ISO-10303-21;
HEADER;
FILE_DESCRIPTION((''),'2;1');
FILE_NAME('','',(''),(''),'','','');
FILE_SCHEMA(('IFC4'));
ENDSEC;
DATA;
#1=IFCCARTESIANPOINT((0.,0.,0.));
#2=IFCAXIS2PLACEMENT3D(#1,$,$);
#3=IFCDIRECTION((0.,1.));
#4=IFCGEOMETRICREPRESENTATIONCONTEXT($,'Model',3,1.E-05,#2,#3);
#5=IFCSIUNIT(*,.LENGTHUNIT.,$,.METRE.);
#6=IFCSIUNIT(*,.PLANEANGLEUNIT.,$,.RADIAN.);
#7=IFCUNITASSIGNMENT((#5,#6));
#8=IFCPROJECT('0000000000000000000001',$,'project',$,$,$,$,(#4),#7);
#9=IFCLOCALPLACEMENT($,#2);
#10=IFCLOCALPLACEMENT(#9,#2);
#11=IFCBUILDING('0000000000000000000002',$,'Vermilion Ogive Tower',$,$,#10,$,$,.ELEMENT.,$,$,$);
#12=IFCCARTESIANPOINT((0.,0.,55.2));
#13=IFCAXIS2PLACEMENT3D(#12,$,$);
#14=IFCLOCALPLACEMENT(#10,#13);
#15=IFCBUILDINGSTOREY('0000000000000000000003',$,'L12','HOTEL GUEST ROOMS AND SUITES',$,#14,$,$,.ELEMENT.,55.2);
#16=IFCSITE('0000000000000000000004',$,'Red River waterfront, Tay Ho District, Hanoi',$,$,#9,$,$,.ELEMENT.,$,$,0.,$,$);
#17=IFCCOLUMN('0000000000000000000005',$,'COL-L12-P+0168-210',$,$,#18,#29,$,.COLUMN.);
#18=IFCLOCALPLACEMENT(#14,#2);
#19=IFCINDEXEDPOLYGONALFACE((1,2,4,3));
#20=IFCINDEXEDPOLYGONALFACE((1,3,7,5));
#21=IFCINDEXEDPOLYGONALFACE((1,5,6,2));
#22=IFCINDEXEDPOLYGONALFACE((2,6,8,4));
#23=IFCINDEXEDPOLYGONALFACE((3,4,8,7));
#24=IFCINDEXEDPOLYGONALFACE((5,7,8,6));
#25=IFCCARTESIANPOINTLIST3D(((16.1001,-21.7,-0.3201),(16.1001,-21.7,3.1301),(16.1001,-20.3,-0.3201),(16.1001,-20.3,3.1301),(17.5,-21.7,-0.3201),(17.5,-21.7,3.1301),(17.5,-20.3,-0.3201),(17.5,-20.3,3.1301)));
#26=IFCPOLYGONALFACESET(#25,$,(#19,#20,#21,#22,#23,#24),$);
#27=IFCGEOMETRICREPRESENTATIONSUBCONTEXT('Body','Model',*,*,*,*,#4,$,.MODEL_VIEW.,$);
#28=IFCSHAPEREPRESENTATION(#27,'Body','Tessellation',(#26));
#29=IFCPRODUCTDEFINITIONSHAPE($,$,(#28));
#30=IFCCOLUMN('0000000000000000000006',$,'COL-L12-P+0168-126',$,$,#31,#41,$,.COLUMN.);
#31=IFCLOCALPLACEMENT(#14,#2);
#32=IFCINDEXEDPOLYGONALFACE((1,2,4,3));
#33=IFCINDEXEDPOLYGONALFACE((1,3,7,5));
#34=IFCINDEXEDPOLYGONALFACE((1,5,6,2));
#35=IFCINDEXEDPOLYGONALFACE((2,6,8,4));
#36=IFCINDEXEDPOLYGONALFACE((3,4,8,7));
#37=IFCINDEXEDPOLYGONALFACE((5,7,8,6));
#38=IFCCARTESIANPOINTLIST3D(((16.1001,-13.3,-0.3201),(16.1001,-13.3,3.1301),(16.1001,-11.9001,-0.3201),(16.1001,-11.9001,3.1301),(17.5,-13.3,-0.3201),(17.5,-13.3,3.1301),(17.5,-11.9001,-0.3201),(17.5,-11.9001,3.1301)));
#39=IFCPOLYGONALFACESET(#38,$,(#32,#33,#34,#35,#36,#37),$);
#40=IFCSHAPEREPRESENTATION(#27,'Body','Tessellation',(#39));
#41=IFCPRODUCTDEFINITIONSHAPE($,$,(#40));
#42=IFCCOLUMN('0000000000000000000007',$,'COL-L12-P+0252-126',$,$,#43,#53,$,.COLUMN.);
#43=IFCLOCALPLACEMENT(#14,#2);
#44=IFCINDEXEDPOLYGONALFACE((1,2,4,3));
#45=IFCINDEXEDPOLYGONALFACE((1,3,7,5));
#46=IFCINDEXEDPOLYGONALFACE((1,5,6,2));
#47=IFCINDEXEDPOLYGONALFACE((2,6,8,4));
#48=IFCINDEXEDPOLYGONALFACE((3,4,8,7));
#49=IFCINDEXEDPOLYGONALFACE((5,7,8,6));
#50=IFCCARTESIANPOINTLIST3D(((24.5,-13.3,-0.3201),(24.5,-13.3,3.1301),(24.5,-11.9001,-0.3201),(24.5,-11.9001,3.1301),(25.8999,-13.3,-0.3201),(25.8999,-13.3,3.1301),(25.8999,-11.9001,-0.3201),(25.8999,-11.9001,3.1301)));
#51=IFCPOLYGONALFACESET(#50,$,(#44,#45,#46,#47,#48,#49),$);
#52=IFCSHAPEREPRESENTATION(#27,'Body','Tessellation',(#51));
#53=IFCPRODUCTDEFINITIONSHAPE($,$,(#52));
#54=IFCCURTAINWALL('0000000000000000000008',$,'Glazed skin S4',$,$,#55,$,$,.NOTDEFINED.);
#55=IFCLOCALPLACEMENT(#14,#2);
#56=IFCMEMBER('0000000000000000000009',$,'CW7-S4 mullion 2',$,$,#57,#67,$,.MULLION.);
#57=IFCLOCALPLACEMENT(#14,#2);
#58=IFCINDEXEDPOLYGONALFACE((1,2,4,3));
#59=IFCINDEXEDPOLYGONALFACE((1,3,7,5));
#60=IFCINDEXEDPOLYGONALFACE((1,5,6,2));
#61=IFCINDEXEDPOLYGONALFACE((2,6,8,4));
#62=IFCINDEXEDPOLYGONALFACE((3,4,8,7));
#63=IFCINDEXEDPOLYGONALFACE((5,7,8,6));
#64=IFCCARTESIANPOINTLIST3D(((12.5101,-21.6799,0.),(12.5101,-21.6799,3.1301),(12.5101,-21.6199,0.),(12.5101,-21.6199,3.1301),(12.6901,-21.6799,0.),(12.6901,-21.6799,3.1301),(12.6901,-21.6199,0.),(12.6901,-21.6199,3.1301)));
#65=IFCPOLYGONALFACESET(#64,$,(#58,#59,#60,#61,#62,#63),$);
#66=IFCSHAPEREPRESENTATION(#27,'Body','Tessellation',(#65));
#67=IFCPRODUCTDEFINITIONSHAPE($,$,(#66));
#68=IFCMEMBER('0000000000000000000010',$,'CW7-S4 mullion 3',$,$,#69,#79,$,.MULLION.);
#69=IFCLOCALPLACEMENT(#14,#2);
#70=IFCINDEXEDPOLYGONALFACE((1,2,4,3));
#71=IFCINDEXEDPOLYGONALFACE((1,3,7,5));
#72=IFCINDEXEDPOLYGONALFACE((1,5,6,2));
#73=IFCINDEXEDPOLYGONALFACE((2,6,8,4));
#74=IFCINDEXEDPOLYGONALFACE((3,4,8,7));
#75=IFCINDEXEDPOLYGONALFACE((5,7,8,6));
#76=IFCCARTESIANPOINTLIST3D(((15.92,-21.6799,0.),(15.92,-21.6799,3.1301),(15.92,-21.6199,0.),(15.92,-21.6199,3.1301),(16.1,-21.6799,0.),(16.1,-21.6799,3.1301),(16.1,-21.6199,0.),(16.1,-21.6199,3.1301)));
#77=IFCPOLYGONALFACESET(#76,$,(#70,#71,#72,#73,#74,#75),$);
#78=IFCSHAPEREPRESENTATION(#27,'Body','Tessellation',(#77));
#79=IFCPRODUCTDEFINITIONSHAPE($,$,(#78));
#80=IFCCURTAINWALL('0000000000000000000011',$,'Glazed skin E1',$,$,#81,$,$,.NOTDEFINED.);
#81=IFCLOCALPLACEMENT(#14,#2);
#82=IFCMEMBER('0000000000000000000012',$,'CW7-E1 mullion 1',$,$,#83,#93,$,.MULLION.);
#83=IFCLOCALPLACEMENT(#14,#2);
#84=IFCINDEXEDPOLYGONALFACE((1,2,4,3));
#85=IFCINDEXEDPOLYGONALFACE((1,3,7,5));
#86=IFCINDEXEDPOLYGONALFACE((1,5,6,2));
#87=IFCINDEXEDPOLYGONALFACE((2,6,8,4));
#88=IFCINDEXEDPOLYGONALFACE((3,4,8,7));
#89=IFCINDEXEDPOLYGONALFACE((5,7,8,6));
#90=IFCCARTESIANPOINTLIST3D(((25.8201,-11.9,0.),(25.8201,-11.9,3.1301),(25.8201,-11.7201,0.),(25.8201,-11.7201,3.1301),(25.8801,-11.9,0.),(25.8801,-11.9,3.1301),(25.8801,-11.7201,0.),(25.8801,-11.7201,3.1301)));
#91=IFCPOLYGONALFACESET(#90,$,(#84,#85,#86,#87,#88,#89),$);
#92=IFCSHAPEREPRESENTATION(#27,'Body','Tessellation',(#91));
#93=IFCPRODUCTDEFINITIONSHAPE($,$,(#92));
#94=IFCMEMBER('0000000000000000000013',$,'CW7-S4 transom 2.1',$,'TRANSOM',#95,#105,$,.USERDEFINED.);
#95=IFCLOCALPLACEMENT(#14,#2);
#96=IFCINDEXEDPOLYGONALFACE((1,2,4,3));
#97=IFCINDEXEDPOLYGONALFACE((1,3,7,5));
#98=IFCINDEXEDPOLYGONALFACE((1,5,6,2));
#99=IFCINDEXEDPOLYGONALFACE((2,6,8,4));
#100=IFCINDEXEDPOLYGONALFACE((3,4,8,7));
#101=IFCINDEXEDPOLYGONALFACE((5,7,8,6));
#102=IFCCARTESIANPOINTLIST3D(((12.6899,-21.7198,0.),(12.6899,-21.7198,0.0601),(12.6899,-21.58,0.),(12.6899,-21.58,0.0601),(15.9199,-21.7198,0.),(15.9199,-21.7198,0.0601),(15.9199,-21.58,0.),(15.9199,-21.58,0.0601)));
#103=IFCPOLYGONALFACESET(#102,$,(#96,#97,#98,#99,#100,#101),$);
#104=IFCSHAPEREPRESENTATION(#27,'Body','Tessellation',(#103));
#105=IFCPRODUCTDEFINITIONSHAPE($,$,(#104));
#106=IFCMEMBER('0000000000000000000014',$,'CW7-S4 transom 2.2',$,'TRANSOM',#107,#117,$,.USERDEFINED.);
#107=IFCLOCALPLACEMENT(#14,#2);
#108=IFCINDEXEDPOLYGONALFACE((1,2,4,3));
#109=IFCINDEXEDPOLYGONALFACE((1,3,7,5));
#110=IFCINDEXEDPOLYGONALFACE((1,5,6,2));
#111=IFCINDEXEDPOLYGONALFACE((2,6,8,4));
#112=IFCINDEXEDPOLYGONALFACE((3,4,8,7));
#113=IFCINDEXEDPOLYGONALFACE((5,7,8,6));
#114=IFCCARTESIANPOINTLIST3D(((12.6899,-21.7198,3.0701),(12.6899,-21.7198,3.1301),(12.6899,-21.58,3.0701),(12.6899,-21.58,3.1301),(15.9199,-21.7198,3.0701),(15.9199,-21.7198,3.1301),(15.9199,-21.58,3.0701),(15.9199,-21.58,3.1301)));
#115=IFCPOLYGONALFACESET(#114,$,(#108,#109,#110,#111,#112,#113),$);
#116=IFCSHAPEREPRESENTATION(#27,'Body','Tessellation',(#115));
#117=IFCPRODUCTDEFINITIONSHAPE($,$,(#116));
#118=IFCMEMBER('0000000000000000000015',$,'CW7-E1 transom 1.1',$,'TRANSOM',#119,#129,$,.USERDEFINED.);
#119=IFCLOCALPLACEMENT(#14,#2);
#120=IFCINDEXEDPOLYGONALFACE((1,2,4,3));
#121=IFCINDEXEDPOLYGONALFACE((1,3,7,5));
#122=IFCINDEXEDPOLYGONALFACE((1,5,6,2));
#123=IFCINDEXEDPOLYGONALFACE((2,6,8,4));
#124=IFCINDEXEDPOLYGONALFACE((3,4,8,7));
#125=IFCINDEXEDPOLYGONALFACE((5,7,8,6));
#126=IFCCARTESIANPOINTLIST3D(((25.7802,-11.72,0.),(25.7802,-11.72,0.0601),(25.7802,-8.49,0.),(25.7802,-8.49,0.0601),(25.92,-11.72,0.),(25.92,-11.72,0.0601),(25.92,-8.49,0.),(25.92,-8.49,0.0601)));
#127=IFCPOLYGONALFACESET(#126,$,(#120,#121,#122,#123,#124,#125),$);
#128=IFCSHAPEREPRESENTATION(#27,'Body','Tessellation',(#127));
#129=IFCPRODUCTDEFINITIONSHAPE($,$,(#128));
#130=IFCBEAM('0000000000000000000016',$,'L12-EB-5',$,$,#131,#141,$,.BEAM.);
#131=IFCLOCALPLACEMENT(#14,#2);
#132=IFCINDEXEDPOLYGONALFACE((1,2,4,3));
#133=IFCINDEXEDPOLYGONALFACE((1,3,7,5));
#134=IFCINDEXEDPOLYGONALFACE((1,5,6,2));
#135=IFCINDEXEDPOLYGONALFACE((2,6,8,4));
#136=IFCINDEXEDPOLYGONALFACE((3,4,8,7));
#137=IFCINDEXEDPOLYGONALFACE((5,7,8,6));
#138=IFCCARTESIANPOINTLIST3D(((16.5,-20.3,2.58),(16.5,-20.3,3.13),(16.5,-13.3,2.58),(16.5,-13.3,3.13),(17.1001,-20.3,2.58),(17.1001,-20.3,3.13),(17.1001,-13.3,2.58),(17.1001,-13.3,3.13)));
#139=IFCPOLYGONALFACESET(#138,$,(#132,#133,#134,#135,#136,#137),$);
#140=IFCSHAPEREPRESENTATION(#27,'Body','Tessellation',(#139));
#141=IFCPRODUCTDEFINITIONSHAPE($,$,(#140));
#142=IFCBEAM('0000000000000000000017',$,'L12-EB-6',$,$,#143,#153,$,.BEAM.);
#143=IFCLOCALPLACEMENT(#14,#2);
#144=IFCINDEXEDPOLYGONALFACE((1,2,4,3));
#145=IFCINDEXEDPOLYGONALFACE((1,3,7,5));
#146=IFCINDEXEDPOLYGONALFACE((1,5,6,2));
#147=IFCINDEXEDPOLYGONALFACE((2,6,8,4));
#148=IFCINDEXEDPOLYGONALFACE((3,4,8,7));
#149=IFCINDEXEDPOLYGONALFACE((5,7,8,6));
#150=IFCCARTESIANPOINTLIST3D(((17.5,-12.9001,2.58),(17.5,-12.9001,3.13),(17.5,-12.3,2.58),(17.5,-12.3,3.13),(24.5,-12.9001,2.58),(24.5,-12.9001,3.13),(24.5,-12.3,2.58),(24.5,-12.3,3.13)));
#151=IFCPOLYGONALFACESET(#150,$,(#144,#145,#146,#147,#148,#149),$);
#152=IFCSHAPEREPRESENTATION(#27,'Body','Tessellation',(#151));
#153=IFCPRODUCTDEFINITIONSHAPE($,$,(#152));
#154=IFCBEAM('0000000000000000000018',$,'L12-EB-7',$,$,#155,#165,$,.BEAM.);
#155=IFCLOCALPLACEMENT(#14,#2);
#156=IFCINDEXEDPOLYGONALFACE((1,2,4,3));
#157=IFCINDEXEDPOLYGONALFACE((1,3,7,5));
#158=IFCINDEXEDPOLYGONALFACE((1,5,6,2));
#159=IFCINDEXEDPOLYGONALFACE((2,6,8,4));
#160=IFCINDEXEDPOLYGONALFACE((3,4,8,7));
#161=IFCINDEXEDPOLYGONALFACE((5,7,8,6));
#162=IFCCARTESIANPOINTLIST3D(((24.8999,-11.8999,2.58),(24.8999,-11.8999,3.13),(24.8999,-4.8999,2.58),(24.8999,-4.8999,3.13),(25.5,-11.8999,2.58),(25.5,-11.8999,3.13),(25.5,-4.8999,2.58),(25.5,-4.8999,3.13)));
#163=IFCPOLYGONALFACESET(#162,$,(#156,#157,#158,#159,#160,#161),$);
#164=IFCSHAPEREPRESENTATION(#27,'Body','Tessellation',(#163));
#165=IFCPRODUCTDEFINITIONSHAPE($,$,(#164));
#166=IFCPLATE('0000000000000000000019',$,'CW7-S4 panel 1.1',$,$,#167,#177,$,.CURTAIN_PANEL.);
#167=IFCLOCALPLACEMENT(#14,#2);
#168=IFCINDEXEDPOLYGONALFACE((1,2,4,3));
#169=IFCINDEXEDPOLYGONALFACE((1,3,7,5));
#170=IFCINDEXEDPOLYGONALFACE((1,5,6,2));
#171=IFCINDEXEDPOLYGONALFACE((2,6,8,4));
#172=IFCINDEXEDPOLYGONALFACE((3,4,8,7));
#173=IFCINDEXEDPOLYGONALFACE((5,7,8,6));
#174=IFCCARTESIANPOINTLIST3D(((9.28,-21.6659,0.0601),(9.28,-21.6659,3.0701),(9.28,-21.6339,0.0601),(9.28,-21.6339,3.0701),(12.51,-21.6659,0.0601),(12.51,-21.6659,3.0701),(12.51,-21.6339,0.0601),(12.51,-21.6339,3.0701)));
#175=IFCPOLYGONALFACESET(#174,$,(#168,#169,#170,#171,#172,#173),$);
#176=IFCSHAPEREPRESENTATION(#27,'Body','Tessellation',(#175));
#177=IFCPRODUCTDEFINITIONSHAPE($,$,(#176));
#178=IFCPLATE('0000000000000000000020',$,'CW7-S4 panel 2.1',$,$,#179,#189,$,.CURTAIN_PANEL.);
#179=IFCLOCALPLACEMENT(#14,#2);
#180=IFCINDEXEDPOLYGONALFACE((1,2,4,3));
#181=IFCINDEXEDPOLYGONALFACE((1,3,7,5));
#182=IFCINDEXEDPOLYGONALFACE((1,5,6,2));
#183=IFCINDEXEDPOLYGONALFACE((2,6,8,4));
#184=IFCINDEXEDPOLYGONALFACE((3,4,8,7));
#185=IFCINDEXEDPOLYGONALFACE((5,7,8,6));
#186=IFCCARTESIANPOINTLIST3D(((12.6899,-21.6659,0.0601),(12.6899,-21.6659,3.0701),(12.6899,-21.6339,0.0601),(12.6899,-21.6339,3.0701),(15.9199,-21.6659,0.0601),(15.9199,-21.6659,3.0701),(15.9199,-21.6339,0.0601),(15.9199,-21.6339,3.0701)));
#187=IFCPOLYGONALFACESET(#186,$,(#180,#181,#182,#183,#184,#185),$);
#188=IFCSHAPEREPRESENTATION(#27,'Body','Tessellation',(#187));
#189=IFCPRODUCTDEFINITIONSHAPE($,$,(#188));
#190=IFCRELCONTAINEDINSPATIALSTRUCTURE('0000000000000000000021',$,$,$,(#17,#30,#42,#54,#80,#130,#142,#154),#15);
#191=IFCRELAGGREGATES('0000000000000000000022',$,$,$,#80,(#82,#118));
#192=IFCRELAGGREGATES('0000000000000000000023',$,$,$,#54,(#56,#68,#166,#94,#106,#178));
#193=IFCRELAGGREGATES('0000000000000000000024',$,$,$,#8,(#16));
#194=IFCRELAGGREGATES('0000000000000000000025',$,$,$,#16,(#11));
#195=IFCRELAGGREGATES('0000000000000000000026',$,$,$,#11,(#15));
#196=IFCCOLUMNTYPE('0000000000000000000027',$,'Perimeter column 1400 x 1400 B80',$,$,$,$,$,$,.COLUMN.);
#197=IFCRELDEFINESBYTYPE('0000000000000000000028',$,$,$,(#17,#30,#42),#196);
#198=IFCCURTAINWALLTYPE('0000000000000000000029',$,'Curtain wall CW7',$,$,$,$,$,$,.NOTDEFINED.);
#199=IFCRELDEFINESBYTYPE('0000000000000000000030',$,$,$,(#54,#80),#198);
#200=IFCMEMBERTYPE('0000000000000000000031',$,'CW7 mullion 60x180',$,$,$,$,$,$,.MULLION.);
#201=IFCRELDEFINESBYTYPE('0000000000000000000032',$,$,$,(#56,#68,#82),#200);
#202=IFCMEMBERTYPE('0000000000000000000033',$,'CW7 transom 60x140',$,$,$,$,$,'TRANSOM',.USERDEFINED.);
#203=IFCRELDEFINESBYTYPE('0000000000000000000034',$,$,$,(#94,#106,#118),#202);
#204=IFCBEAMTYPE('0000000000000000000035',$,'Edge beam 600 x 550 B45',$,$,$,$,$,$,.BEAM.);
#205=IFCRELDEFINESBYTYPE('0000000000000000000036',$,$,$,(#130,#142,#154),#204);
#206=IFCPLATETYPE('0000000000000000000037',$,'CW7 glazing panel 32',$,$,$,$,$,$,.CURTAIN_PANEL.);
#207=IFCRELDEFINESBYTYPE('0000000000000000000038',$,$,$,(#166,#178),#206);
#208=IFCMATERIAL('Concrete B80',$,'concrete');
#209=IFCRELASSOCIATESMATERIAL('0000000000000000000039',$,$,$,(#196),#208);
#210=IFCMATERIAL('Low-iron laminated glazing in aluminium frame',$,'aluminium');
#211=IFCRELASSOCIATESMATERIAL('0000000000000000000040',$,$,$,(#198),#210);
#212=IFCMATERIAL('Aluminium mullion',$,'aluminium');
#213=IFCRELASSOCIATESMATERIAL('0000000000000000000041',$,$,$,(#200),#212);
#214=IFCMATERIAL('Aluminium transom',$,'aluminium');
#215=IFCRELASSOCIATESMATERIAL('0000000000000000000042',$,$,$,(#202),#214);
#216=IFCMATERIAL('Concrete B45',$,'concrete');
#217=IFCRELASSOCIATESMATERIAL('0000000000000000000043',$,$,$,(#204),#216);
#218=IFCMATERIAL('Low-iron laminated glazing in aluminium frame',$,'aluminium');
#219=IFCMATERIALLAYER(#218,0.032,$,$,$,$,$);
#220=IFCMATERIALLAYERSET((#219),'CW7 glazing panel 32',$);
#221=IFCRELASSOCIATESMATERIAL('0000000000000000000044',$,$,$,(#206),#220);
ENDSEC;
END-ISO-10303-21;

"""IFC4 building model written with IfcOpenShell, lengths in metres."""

from ifc_helpers import new_model, si_unit, direction, frame, origin, origin_2d, place, context, subcontext, project, spatial, rectangle, extrude, material, layer, layer_set, material_profile, profile_set, type_object, element, aggregate, save


model = new_model("IFC4")

# Units and contexts
model_context = context("Model", 3, precision=1e-05, world=origin(), true_north=direction((0.0, 1.0)))
body_context = subcontext(model_context, "Body", "Model", "MODEL_VIEW")
ifc_project = project(units=[si_unit("LENGTHUNIT", "METRE"), si_unit("PLANEANGLEUNIT", "RADIAN")], contexts=[model_context])

# Site, building, storey
site_placement = place(None, origin())
site = spatial("IfcSite", under=ifc_project, at=site_placement, Name="Red River waterfront, Tay Ho District, Hanoi", CompositionType="ELEMENT", RefElevation=0.0)
building_placement = place(site_placement, origin())
building = spatial("IfcBuilding", under=site, at=building_placement, Name="Vermilion Ogive Tower", CompositionType="ELEMENT")
storey_placement = place(building_placement, frame((0.0, 0.0, 55.2)))
storey = spatial("IfcBuildingStorey", under=building, at=storey_placement, Name="L12", Description="HOTEL GUEST ROOMS AND SUITES", CompositionType="ELEMENT", Elevation=55.2)

# Columns
ifc_material_1 = material(Name="Concrete B80", Category="concrete")
ifc_material_profile_1 = material_profile(ifc_material_1, rectangle(XDim=1.3999, YDim=1.3999, at=origin_2d()), Name="1400 x 1400")
ifc_profile_set_1 = profile_set([ifc_material_profile_1], Name="Concrete B80")
column_type = type_object("IfcColumnType", Name="Perimeter column 1400 x 1400 B80", PredefinedType="COLUMN", material=ifc_profile_set_1)
for number, where, z_axis, x_axis, name in (
    (1, (16.8, -21.0, -0.3201), (0.0, 0.0, 1.0), (1.0, 0.0, 0.0), "COL-L12-P+0168-210"),
    (2, (16.8, -12.6001, -0.3201), (0.0, 0.0, 1.0), (1.0, 0.0, 0.0), "COL-L12-P+0168-126"),
    (3, (25.2, -12.6001, -0.3201), (0.0, 0.0, 1.0), (1.0, 0.0, 0.0), "COL-L12-P+0252-126"),
):
    element("IfcColumn", number, at=place(storey_placement, frame(where, z_axis=z_axis, x_axis=x_axis)), inside=storey, type_object=column_type, Name=name, PredefinedType="COLUMN", context=body_context, shape_type="SweptSolid", body=[
        extrude(rectangle(XDim=1.3999, YDim=1.3999, at=origin_2d()), origin(), (0.0, 0.0, 1.0), 3.4502),
    ])

# Curtain wall, members
ifc_material_2 = material(Name="Low-iron laminated glazing in aluminium frame", Category="aluminium")
curtain_wall_type = type_object("IfcCurtainWallType", Name="Curtain wall CW7", PredefinedType="NOTDEFINED", material=ifc_material_2)
curtain_wall_1_placement = place(storey_placement, origin())
curtain_wall_1 = element("IfcCurtainWall", 4, at=curtain_wall_1_placement, inside=storey, type_object=curtain_wall_type, Name="Glazed skin S4", PredefinedType="NOTDEFINED")
ifc_material_3 = material(Name="Aluminium mullion", Category="aluminium")
ifc_material_profile_2 = material_profile(ifc_material_3, rectangle(XDim=0.0601, YDim=0.1799, at=origin_2d()), Name="AL 60x180")
ifc_profile_set_2 = profile_set([ifc_material_profile_2], Name="Aluminium mullion")
member_type_1 = type_object("IfcMemberType", Name="CW7 mullion 60x180", PredefinedType="MULLION", material=ifc_profile_set_2)
member_1_placement = place(storey_placement, frame((12.6001, -21.6499, 0.0), z_axis=(0.0, 0.0, 1.0), x_axis=(0.0, 1.0, 0.0)))
member_1 = element("IfcMember", 5, at=member_1_placement, type_object=member_type_1, Name="CW7-S4 mullion 2", PredefinedType="MULLION", context=body_context, shape_type="SweptSolid", body=[
    extrude(rectangle(XDim=0.0601, YDim=0.1799, at=origin_2d()), origin(), (0.0, 0.0, 1.0), 3.1301),
])
member_2_placement = place(storey_placement, frame((16.01, -21.6499, 0.0), z_axis=(0.0, 0.0, 1.0), x_axis=(0.0, 1.0, 0.0)))
member_2 = element("IfcMember", 6, at=member_2_placement, type_object=member_type_1, Name="CW7-S4 mullion 3", PredefinedType="MULLION", context=body_context, shape_type="SweptSolid", body=[
    extrude(rectangle(XDim=0.0601, YDim=0.1799, at=origin_2d()), origin(), (0.0, 0.0, 1.0), 3.1301),
])

# Curtain wall, member
curtain_wall_2_placement = place(storey_placement, origin())
curtain_wall_2 = element("IfcCurtainWall", 7, at=curtain_wall_2_placement, inside=storey, type_object=curtain_wall_type, Name="Glazed skin E1", PredefinedType="NOTDEFINED")
member_3_placement = place(storey_placement, frame((25.8501, -11.8101, 0.0), z_axis=(0.0, 0.0, 1.0), x_axis=(-1.0, 0.0, 0.0)))
member_3 = element("IfcMember", 8, at=member_3_placement, type_object=member_type_1, Name="CW7-E1 mullion 1", PredefinedType="MULLION", context=body_context, shape_type="SweptSolid", body=[
    extrude(rectangle(XDim=0.0601, YDim=0.1799, at=origin_2d()), origin(), (0.0, 0.0, 1.0), 3.1301),
])

# Members
ifc_material_4 = material(Name="Aluminium transom", Category="aluminium")
ifc_material_profile_3 = material_profile(ifc_material_4, rectangle(XDim=0.1399, YDim=0.0601, at=origin_2d()), Name="AL 60x140")
ifc_profile_set_3 = profile_set([ifc_material_profile_3], Name="Aluminium transom")
member_type_2 = type_object("IfcMemberType", Name="CW7 transom 60x140", ElementType="TRANSOM", PredefinedType="USERDEFINED", material=ifc_profile_set_3)
member_4_placement = place(storey_placement, frame((12.6899, -21.6499, 0.03), z_axis=(1.0, 0.0, 0.0), x_axis=(0.0, 1.0, 0.0)))
member_4 = element("IfcMember", 9, at=member_4_placement, type_object=member_type_2, Name="CW7-S4 transom 2.1", ObjectType="TRANSOM", PredefinedType="USERDEFINED", context=body_context, shape_type="SweptSolid", body=[
    extrude(rectangle(XDim=0.1399, YDim=0.0601, at=origin_2d()), origin(), (0.0, 0.0, 1.0), 3.23),
])
member_5_placement = place(storey_placement, frame((12.6899, -21.6499, 3.1001), z_axis=(1.0, 0.0, 0.0), x_axis=(0.0, 1.0, 0.0)))
member_5 = element("IfcMember", 10, at=member_5_placement, type_object=member_type_2, Name="CW7-S4 transom 2.2", ObjectType="TRANSOM", PredefinedType="USERDEFINED", context=body_context, shape_type="SweptSolid", body=[
    extrude(rectangle(XDim=0.1399, YDim=0.0601, at=origin_2d()), origin(), (0.0, 0.0, 1.0), 3.23),
])
member_6_placement = place(storey_placement, frame((25.8501, -11.72, 0.03), z_axis=(0.0, 1.0, 0.0), x_axis=(-1.0, 0.0, 0.0)))
member_6 = element("IfcMember", 11, at=member_6_placement, type_object=member_type_2, Name="CW7-E1 transom 1.1", ObjectType="TRANSOM", PredefinedType="USERDEFINED", context=body_context, shape_type="SweptSolid", body=[
    extrude(rectangle(XDim=0.1399, YDim=0.0601, at=origin_2d()), origin(), (0.0, 0.0, 1.0), 3.23),
])
aggregate(curtain_wall_2, [member_3, member_6])

# Beams
ifc_material_5 = material(Name="Concrete B45", Category="concrete")
ifc_material_profile_4 = material_profile(ifc_material_5, rectangle(XDim=0.6001, YDim=0.55, at=origin_2d()), Name="600 x 550")
ifc_profile_set_4 = profile_set([ifc_material_profile_4], Name="Concrete B45")
beam_type = type_object("IfcBeamType", Name="Edge beam 600 x 550 B45", PredefinedType="BEAM", material=ifc_profile_set_4)
for number, where, z_axis, x_axis, name in (
    (12, (16.8, -20.3, 2.855), (0.0, 1.0, 0.0), (-1.0, 0.0, 0.0), "L12-EB-5"),
    (13, (17.5, -12.6001, 2.855), (1.0, 0.0, 0.0), (0.0, 1.0, 0.0), "L12-EB-6"),
    (14, (25.2, -11.8999, 2.855), (0.0, 1.0, 0.0), (-1.0, 0.0, 0.0), "L12-EB-7"),
):
    element("IfcBeam", number, at=place(storey_placement, frame(where, z_axis=z_axis, x_axis=x_axis)), inside=storey, type_object=beam_type, Name=name, PredefinedType="BEAM", context=body_context, shape_type="SweptSolid", body=[
        extrude(rectangle(XDim=0.6001, YDim=0.55, at=origin_2d()), origin(), (0.0, 0.0, 1.0), 7.0),
    ])

# Plates
ifc_material_6 = material(Name="Low-iron laminated glazing in aluminium frame", Category="aluminium")
ifc_layer_1 = layer(ifc_material_6, 0.032)
ifc_layer_set_1 = layer_set([ifc_layer_1], Name="CW7 glazing panel 32")
plate_type = type_object("IfcPlateType", Name="CW7 glazing panel 32", PredefinedType="CURTAIN_PANEL", material=ifc_layer_set_1)
plate_1_placement = place(storey_placement, frame((10.895, -21.6499, 0.0601), z_axis=(0.0, 0.0, 1.0), x_axis=(1.0, 0.0, 0.0)))
plate_1 = element("IfcPlate", 15, at=plate_1_placement, type_object=plate_type, Name="CW7-S4 panel 1.1", PredefinedType="CURTAIN_PANEL", context=body_context, shape_type="SweptSolid", body=[
    extrude(rectangle(XDim=3.23, YDim=0.032, at=origin_2d()), origin(), (0.0, 0.0, 1.0), 3.01),
])
plate_2_placement = place(storey_placement, frame((14.3049, -21.6499, 0.0601), z_axis=(0.0, 0.0, 1.0), x_axis=(1.0, 0.0, 0.0)))
plate_2 = element("IfcPlate", 16, at=plate_2_placement, type_object=plate_type, Name="CW7-S4 panel 2.1", PredefinedType="CURTAIN_PANEL", context=body_context, shape_type="SweptSolid", body=[
    extrude(rectangle(XDim=3.23, YDim=0.032, at=origin_2d()), origin(), (0.0, 0.0, 1.0), 3.01),
])
aggregate(curtain_wall_1, [member_1, member_2, plate_1, member_4, member_5, plate_2])

save(model, "model.ifc")
